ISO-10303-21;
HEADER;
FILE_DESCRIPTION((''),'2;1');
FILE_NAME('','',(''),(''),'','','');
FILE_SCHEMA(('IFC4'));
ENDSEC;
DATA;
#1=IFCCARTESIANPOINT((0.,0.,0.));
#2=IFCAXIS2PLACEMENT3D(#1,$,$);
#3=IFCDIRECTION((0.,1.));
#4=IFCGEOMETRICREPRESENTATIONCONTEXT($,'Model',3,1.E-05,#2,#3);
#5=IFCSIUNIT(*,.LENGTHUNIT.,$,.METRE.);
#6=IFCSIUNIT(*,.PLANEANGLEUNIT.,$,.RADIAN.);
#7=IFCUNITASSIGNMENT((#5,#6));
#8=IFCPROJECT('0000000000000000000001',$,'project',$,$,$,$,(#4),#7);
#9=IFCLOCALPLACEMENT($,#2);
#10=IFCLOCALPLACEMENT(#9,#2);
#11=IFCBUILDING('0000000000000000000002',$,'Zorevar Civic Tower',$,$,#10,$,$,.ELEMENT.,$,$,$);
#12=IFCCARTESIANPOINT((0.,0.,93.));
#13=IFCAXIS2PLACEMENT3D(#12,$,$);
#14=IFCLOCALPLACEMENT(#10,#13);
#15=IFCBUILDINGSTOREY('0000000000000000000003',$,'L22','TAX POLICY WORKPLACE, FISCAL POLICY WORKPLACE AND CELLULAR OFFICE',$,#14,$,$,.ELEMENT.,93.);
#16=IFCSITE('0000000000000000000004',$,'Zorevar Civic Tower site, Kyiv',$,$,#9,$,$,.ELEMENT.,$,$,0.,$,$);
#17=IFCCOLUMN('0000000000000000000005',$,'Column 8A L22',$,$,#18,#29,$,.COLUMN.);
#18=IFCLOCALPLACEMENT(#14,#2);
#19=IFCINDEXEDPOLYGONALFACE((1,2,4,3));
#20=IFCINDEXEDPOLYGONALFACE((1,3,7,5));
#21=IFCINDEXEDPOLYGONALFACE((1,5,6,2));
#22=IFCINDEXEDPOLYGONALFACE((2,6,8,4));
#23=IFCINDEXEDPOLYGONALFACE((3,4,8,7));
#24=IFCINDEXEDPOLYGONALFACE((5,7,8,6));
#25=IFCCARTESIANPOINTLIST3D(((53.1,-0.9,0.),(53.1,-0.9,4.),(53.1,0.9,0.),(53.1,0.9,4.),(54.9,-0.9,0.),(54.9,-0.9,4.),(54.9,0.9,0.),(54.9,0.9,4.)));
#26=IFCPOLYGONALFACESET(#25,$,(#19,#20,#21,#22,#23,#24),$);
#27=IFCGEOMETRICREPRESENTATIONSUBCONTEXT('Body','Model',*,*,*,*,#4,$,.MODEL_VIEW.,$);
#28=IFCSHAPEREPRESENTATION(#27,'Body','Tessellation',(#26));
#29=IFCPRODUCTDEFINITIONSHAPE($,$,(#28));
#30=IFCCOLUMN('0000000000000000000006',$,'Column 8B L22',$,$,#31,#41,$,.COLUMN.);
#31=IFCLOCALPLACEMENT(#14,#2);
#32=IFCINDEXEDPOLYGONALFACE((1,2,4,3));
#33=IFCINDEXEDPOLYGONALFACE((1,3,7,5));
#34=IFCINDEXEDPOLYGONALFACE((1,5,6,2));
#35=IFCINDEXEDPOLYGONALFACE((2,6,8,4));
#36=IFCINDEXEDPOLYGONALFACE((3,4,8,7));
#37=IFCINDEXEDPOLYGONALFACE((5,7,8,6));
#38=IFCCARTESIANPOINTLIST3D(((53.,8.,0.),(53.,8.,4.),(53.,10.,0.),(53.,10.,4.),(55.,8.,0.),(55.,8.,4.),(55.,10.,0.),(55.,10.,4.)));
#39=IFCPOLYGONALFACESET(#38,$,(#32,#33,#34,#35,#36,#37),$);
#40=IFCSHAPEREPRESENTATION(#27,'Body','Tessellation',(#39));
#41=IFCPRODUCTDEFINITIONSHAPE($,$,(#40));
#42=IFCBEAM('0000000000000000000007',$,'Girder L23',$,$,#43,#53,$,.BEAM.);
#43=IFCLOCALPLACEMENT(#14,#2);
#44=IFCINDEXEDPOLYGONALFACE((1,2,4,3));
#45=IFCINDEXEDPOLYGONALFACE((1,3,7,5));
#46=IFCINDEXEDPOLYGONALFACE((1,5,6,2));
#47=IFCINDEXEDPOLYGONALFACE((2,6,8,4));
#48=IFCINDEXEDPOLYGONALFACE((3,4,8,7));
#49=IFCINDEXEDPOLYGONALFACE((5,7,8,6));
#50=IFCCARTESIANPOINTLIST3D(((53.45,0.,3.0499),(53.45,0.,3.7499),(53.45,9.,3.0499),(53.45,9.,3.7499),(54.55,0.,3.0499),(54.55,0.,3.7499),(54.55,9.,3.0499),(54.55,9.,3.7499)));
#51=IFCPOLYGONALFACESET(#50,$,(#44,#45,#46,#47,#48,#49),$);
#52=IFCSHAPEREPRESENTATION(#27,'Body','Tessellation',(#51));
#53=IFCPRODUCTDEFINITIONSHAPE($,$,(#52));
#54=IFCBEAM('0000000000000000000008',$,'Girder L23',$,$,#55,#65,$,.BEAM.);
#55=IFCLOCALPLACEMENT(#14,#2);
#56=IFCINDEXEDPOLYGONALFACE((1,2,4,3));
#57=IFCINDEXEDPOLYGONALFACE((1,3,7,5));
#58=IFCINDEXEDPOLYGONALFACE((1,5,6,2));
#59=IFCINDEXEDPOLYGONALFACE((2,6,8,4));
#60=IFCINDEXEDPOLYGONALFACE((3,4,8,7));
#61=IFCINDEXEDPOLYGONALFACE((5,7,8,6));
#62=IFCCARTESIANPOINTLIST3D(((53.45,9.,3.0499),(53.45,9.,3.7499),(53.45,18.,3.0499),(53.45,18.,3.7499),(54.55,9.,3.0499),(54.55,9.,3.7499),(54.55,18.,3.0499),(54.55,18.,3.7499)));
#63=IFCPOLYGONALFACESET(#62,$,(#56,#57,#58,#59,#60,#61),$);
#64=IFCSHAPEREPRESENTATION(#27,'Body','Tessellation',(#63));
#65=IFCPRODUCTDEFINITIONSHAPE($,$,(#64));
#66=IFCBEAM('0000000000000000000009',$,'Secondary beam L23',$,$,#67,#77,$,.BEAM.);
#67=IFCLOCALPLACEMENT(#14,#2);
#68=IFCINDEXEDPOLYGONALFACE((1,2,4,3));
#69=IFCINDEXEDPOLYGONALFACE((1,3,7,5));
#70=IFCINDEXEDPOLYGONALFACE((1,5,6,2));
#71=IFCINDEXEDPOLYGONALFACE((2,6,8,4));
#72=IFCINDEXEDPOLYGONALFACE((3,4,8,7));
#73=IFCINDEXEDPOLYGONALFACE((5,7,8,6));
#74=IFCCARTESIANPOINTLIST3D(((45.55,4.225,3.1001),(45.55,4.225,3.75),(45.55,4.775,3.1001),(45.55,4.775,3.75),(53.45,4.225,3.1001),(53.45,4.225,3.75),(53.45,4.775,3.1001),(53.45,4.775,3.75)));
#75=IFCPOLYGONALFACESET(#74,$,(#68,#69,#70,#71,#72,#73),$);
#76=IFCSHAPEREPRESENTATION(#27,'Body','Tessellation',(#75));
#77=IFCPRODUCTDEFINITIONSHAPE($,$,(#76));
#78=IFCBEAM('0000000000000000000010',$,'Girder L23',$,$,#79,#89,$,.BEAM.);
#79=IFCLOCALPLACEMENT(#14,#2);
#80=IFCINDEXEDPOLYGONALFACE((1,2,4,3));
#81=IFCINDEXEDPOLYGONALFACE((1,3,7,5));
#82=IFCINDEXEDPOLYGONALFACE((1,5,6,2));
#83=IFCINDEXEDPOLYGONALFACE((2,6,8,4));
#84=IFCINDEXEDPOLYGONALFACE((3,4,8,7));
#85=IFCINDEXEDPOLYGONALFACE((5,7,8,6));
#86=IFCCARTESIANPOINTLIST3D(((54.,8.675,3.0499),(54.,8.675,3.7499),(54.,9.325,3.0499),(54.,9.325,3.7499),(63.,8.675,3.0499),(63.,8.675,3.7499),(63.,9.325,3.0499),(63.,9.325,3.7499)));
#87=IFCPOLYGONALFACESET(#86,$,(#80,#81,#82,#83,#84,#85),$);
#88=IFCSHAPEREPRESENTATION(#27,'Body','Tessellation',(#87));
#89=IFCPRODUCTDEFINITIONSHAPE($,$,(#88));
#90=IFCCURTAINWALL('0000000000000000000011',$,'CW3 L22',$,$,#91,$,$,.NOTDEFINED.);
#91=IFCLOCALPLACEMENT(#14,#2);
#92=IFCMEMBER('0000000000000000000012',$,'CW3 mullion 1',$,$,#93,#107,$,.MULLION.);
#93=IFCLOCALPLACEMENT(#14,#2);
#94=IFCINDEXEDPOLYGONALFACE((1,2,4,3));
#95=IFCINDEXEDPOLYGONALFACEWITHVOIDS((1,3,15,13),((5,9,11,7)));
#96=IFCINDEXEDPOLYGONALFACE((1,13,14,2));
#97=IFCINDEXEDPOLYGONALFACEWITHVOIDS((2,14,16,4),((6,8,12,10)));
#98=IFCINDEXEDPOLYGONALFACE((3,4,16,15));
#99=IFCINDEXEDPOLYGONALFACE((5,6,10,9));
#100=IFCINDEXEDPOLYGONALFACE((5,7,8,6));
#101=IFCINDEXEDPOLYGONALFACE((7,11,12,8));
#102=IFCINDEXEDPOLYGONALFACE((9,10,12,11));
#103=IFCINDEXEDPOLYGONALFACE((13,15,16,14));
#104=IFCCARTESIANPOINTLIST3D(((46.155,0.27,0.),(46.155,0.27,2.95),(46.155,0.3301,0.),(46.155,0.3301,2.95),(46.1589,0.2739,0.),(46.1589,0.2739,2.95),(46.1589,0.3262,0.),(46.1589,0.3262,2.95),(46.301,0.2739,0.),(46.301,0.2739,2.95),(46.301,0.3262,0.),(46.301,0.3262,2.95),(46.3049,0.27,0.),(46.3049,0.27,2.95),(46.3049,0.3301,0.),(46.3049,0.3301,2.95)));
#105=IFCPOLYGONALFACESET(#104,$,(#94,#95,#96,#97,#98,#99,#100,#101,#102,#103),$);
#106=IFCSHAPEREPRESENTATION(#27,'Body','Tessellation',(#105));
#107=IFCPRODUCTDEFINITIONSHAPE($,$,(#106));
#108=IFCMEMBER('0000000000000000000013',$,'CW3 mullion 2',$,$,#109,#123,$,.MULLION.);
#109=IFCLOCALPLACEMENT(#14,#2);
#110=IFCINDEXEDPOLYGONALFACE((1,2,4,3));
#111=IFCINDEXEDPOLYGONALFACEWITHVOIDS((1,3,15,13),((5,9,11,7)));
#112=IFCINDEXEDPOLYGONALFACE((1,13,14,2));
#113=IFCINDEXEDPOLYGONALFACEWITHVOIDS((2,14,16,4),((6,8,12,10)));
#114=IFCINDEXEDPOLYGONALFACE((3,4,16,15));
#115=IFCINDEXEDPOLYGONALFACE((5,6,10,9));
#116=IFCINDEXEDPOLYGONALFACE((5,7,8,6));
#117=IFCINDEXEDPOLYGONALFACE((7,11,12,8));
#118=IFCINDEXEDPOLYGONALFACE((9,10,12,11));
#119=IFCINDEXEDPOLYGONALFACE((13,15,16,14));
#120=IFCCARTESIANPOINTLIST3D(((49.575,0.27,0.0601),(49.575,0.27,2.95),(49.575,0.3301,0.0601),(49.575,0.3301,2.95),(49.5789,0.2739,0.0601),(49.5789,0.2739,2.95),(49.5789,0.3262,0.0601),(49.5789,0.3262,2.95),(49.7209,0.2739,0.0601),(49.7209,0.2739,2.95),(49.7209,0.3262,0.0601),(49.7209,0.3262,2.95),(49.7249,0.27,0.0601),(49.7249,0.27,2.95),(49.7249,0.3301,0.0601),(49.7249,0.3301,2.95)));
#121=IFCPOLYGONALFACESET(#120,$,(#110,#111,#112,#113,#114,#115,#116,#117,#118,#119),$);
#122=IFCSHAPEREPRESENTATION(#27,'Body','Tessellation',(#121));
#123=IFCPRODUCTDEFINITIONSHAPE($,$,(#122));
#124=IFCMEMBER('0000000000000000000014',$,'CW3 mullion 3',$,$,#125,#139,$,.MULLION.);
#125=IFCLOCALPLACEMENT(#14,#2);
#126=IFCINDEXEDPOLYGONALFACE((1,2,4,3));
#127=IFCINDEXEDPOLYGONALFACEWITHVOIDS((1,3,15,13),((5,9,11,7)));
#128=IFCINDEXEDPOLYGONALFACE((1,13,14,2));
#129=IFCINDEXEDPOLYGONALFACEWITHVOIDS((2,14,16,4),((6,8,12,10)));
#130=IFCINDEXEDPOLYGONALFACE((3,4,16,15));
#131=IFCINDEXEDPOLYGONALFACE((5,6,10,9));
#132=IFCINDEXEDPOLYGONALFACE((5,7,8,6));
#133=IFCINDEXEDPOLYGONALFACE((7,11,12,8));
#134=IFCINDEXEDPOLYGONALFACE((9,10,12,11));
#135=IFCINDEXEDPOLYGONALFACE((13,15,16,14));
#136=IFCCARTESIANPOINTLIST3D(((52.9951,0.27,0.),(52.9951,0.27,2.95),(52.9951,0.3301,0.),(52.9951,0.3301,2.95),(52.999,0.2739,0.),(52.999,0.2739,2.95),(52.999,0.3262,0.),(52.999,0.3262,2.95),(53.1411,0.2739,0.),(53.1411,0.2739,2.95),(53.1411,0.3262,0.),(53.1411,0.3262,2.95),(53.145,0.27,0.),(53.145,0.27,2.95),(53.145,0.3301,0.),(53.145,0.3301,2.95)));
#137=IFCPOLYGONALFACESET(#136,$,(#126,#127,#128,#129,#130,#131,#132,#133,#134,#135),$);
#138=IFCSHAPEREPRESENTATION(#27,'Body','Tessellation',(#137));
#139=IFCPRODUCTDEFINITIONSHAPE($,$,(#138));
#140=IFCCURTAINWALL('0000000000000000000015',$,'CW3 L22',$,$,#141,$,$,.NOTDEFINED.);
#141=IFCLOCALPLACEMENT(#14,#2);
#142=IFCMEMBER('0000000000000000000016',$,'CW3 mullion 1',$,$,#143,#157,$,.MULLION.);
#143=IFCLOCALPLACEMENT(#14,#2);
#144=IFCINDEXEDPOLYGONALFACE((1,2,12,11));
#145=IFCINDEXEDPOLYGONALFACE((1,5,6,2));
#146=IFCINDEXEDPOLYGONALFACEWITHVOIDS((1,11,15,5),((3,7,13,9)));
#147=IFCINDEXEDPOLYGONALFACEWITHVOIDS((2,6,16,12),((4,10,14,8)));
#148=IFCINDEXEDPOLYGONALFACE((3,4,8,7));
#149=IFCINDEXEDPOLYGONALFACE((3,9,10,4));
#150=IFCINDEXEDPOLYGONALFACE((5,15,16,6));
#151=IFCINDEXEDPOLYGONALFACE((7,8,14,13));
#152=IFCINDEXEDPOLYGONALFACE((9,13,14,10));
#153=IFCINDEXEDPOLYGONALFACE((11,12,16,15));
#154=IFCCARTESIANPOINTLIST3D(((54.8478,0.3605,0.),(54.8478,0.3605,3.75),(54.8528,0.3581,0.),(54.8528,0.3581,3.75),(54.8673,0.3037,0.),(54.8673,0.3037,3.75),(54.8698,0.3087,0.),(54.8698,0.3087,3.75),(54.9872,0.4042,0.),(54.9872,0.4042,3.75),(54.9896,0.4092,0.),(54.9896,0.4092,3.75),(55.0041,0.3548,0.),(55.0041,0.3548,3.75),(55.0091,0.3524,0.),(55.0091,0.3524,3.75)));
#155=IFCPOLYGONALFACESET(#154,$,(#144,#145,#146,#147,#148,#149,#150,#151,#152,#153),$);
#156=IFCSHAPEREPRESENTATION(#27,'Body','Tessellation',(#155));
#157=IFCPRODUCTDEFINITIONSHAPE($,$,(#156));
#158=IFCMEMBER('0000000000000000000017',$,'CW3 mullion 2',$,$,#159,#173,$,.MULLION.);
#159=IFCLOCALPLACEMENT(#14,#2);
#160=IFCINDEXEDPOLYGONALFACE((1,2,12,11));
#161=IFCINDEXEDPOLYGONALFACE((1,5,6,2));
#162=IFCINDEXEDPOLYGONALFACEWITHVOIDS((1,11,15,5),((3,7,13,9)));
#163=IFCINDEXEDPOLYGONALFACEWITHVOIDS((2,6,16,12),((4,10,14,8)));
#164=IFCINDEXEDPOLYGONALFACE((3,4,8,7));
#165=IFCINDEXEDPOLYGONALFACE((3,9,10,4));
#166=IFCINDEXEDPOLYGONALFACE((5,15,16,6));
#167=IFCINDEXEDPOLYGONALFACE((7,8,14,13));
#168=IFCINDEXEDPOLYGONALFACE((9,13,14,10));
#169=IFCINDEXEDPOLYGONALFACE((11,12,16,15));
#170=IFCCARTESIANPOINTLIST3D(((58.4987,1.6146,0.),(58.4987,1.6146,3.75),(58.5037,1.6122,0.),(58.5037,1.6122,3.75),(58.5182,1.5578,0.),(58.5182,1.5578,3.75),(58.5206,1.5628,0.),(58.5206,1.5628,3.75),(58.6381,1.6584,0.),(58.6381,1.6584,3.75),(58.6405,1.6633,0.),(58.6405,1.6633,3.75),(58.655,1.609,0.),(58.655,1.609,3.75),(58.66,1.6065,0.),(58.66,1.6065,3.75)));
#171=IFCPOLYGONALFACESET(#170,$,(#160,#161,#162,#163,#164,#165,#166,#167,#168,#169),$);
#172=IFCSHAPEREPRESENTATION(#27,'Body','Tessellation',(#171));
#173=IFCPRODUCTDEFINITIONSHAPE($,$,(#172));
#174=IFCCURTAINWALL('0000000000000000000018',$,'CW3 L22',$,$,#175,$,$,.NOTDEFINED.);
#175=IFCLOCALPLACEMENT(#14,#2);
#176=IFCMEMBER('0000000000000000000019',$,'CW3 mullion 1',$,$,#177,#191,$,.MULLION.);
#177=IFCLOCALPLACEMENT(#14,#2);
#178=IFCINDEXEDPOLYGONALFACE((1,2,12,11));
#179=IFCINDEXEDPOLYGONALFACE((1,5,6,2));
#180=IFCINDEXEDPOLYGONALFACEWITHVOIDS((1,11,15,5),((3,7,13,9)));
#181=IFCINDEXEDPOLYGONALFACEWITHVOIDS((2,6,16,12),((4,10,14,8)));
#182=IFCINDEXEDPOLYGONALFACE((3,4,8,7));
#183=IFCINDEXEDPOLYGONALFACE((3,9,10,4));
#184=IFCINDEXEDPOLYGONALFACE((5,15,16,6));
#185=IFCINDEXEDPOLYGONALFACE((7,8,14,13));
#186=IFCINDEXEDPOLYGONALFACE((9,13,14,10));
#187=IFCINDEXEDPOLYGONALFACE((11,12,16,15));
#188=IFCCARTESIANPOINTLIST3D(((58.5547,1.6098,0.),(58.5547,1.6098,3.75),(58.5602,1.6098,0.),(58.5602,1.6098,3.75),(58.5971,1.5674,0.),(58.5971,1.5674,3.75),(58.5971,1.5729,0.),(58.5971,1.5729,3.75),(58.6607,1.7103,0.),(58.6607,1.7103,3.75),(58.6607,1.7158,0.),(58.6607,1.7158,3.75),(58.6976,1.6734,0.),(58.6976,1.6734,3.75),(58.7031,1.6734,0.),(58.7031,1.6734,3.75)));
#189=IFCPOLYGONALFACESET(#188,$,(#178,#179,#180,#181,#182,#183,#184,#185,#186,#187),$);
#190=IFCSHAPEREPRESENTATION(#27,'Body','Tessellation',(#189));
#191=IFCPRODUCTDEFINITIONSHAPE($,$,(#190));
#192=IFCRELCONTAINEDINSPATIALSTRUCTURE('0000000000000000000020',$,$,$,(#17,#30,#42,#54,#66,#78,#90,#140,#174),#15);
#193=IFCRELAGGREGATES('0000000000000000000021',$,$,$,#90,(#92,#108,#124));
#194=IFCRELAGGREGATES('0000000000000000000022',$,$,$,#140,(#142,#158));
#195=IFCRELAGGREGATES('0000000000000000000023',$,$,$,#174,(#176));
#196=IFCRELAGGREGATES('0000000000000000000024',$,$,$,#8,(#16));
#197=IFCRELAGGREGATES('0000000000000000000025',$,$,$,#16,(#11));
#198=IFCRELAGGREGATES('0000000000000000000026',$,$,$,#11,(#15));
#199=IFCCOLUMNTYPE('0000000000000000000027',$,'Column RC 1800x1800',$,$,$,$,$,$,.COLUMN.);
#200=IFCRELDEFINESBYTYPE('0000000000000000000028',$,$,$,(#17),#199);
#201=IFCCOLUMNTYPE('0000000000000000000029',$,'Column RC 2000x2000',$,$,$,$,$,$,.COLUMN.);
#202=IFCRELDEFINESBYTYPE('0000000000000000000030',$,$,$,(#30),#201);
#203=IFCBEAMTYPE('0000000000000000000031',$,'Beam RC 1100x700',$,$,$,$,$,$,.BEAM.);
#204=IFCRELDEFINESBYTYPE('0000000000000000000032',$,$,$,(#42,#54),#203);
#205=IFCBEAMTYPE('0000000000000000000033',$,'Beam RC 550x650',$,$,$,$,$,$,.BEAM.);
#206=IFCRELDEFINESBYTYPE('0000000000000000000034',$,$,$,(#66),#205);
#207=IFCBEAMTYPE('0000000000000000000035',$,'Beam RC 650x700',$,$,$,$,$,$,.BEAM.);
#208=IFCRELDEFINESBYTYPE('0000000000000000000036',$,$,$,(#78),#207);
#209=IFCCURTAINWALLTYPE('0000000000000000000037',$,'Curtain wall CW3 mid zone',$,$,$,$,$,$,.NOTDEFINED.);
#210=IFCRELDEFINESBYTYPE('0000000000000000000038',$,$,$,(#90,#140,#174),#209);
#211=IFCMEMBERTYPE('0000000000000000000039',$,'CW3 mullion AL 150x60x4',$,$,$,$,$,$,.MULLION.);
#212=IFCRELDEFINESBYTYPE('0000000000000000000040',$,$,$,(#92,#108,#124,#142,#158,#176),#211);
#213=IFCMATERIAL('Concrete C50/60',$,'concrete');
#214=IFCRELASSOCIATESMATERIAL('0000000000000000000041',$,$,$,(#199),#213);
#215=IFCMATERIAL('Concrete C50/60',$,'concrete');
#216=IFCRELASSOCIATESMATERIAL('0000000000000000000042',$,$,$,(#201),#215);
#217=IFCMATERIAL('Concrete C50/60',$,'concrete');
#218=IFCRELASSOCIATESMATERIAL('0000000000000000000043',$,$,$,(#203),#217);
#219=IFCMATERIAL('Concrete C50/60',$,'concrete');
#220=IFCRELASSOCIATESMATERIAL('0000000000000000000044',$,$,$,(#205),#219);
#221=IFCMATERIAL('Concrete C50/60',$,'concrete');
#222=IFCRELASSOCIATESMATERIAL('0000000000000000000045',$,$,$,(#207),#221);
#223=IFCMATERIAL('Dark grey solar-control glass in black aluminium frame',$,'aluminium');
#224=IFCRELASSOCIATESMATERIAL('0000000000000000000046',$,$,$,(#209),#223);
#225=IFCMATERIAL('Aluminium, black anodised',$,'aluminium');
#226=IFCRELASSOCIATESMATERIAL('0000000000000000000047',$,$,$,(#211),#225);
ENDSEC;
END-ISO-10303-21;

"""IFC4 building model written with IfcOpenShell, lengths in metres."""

from ifc_helpers import new_model, si_unit, direction, frame, origin, origin_2d, place, context, subcontext, project, spatial, rectangle, hollow_rectangle, extrude, material, material_profile, profile_set, type_object, element, aggregate, save


model = new_model("IFC4")

# Units and contexts
model_context = context("Model", 3, precision=1e-05, world=origin(), true_north=direction((0.0, 1.0)))
body_context = subcontext(model_context, "Body", "Model", "MODEL_VIEW")
ifc_project = project(units=[si_unit("LENGTHUNIT", "METRE"), si_unit("PLANEANGLEUNIT", "RADIAN")], contexts=[model_context])

# Site, building, storey
site_placement = place(None, origin())
site = spatial("IfcSite", under=ifc_project, at=site_placement, Name="Zorevar Civic Tower site, Kyiv", CompositionType="ELEMENT", RefElevation=0.0)
building_placement = place(site_placement, origin())
building = spatial("IfcBuilding", under=site, at=building_placement, Name="Zorevar Civic Tower", CompositionType="ELEMENT")
storey_placement = place(building_placement, frame((0.0, 0.0, 93.0)))
storey = spatial("IfcBuildingStorey", under=building, at=storey_placement, Name="L22", Description="TAX POLICY WORKPLACE, FISCAL POLICY WORKPLACE AND CELLULAR OFFICE", CompositionType="ELEMENT", Elevation=93.0)

# Columns
ifc_material_1 = material(Name="Concrete C50/60", Category="concrete")
ifc_material_profile_1 = material_profile(ifc_material_1, rectangle(XDim=1.8, YDim=1.8, at=origin_2d()), Name="RC 1800x1800")
ifc_profile_set_1 = profile_set([ifc_material_profile_1], Name="Concrete C50/60")
column_type_1 = type_object("IfcColumnType", Name="Column RC 1800x1800", PredefinedType="COLUMN", material=ifc_profile_set_1)
column_1_placement = place(storey_placement, frame((54.0, 0.0, 0.0), z_axis=(0.0, 0.0, 1.0), x_axis=(1.0, 0.0, 0.0)))
element("IfcColumn", 1, at=column_1_placement, inside=storey, type_object=column_type_1, Name="Column 8A L22", PredefinedType="COLUMN", context=body_context, shape_type="SweptSolid", body=[
    extrude(rectangle(XDim=1.8, YDim=1.8, at=origin_2d()), origin(), (0.0, 0.0, 1.0), 4.0),
])
ifc_material_2 = material(Name="Concrete C50/60", Category="concrete")
ifc_material_profile_2 = material_profile(ifc_material_2, rectangle(XDim=2.0, YDim=2.0, at=origin_2d()), Name="RC 2000x2000")
ifc_profile_set_2 = profile_set([ifc_material_profile_2], Name="Concrete C50/60")
column_type_2 = type_object("IfcColumnType", Name="Column RC 2000x2000", PredefinedType="COLUMN", material=ifc_profile_set_2)
column_2_placement = place(storey_placement, frame((54.0, 9.0, 0.0), z_axis=(0.0, 0.0, 1.0), x_axis=(1.0, 0.0, 0.0)))
element("IfcColumn", 2, at=column_2_placement, inside=storey, type_object=column_type_2, Name="Column 8B L22", PredefinedType="COLUMN", context=body_context, shape_type="SweptSolid", body=[
    extrude(rectangle(XDim=2.0, YDim=2.0, at=origin_2d()), origin(), (0.0, 0.0, 1.0), 4.0),
])

# Beams
ifc_material_3 = material(Name="Concrete C50/60", Category="concrete")
ifc_material_profile_3 = material_profile(ifc_material_3, rectangle(XDim=1.1001, YDim=0.7, at=origin_2d()), Name="RC 1100x700")
ifc_profile_set_3 = profile_set([ifc_material_profile_3], Name="Concrete C50/60")
beam_type_1 = type_object("IfcBeamType", Name="Beam RC 1100x700", PredefinedType="BEAM", material=ifc_profile_set_3)
for number, where, z_axis, x_axis, name in (
    (3, (54.0, 0.0, 3.3999), (0.0, 1.0, 0.0), (-1.0, 0.0, 0.0), "Girder L23"),
    (4, (54.0, 9.0, 3.3999), (0.0, 1.0, 0.0), (-1.0, 0.0, 0.0), "Girder L23"),
):
    element("IfcBeam", number, at=place(storey_placement, frame(where, z_axis=z_axis, x_axis=x_axis)), inside=storey, type_object=beam_type_1, Name=name, PredefinedType="BEAM", context=body_context, shape_type="SweptSolid", body=[
        extrude(rectangle(XDim=1.1001, YDim=0.7, at=origin_2d()), origin(), (0.0, 0.0, 1.0), 9.0),
    ])
ifc_material_4 = material(Name="Concrete C50/60", Category="concrete")
ifc_material_profile_4 = material_profile(ifc_material_4, rectangle(XDim=0.55, YDim=0.6499, at=origin_2d()), Name="RC 550x650")
ifc_profile_set_4 = profile_set([ifc_material_profile_4], Name="Concrete C50/60")
beam_type_2 = type_object("IfcBeamType", Name="Beam RC 550x650", PredefinedType="BEAM", material=ifc_profile_set_4)
beam_1_placement = place(storey_placement, frame((45.55, 4.5, 3.425), z_axis=(1.0, 0.0, 0.0), x_axis=(0.0, 1.0, 0.0)))
element("IfcBeam", 5, at=beam_1_placement, inside=storey, type_object=beam_type_2, Name="Secondary beam L23", PredefinedType="BEAM", context=body_context, shape_type="SweptSolid", body=[
    extrude(rectangle(XDim=0.55, YDim=0.6499, at=origin_2d()), origin(), (0.0, 0.0, 1.0), 7.8999),
])
ifc_material_5 = material(Name="Concrete C50/60", Category="concrete")
ifc_material_profile_5 = material_profile(ifc_material_5, rectangle(XDim=0.6499, YDim=0.7, at=origin_2d()), Name="RC 650x700")
ifc_profile_set_5 = profile_set([ifc_material_profile_5], Name="Concrete C50/60")
beam_type_3 = type_object("IfcBeamType", Name="Beam RC 650x700", PredefinedType="BEAM", material=ifc_profile_set_5)
beam_2_placement = place(storey_placement, frame((54.0, 9.0, 3.3999), z_axis=(1.0, 0.0, 0.0), x_axis=(0.0, 1.0, 0.0)))
element("IfcBeam", 6, at=beam_2_placement, inside=storey, type_object=beam_type_3, Name="Girder L23", PredefinedType="BEAM", context=body_context, shape_type="SweptSolid", body=[
    extrude(rectangle(XDim=0.6499, YDim=0.7, at=origin_2d()), origin(), (0.0, 0.0, 1.0), 9.0),
])

# Curtain walls, members
ifc_material_6 = material(Name="Dark grey solar-control glass in black aluminium frame", Category="aluminium")
curtain_wall_type = type_object("IfcCurtainWallType", Name="Curtain wall CW3 mid zone", PredefinedType="NOTDEFINED", material=ifc_material_6)
curtain_wall_1_placement = place(storey_placement, origin())
curtain_wall_1 = element("IfcCurtainWall", 7, at=curtain_wall_1_placement, inside=storey, type_object=curtain_wall_type, Name="CW3 L22", PredefinedType="NOTDEFINED")
ifc_material_7 = material(Name="Aluminium, black anodised", Category="aluminium")
ifc_material_profile_6 = material_profile(ifc_material_7, hollow_rectangle(XDim=0.0601, YDim=0.1499, WallThickness=0.0039, at=origin_2d()), Name="AL 150x60x4")
ifc_profile_set_6 = profile_set([ifc_material_profile_6], Name="Aluminium, black anodised")
member_type_1 = type_object("IfcMemberType", Name="CW3 mullion AL 150x60x4", PredefinedType="MULLION", material=ifc_profile_set_6)
member_1_placement = place(storey_placement, frame((46.23, 0.3, 0.0), z_axis=(0.0, 0.0, 1.0), x_axis=(0.0, 1.0, 0.0)))
member_1 = element("IfcMember", 8, at=member_1_placement, type_object=member_type_1, Name="CW3 mullion 1", PredefinedType="MULLION", context=body_context, shape_type="SweptSolid", body=[
    extrude(hollow_rectangle(XDim=0.0601, YDim=0.1499, WallThickness=0.0039, at=origin_2d()), origin(), (0.0, 0.0, 1.0), 2.95),
])
member_2_placement = place(storey_placement, frame((49.6499, 0.3, 0.0601), z_axis=(0.0, 0.0, 1.0), x_axis=(0.0, 1.0, 0.0)))
member_2 = element("IfcMember", 9, at=member_2_placement, type_object=member_type_1, Name="CW3 mullion 2", PredefinedType="MULLION", context=body_context, shape_type="SweptSolid", body=[
    extrude(hollow_rectangle(XDim=0.0601, YDim=0.1499, WallThickness=0.0039, at=origin_2d()), origin(), (0.0, 0.0, 1.0), 2.8899),
])
member_3_placement = place(storey_placement, frame((53.0701, 0.3, 0.0), z_axis=(0.0, 0.0, 1.0), x_axis=(0.0, 1.0, 0.0)))
member_3 = element("IfcMember", 10, at=member_3_placement, type_object=member_type_1, Name="CW3 mullion 3", PredefinedType="MULLION", context=body_context, shape_type="SweptSolid", body=[
    extrude(hollow_rectangle(XDim=0.0601, YDim=0.1499, WallThickness=0.0039, at=origin_2d()), origin(), (0.0, 0.0, 1.0), 2.95),
])
curtain_wall_2_placement = place(storey_placement, origin())
curtain_wall_2 = element("IfcCurtainWall", 11, at=curtain_wall_2_placement, inside=storey, type_object=curtain_wall_type, Name="CW3 L22", PredefinedType="NOTDEFINED")
member_4_placement = place(storey_placement, frame((54.9285, 0.3564, 0.0), z_axis=(0.0, 0.0, 1.0), x_axis=(-0.324878, 0.945756, 0.0)))
member_4 = element("IfcMember", 12, at=member_4_placement, type_object=member_type_1, Name="CW3 mullion 1", PredefinedType="MULLION", context=body_context, shape_type="SweptSolid", body=[
    extrude(hollow_rectangle(XDim=0.0601, YDim=0.1499, WallThickness=0.0039, at=origin_2d()), origin(), (0.0, 0.0, 1.0), 3.75),
])
member_5_placement = place(storey_placement, frame((58.5793, 1.6106, 0.0), z_axis=(0.0, 0.0, 1.0), x_axis=(-0.324878, 0.945756, 0.0)))
member_5 = element("IfcMember", 13, at=member_5_placement, type_object=member_type_1, Name="CW3 mullion 2", PredefinedType="MULLION", context=body_context, shape_type="SweptSolid", body=[
    extrude(hollow_rectangle(XDim=0.0601, YDim=0.1499, WallThickness=0.0039, at=origin_2d()), origin(), (0.0, 0.0, 1.0), 3.75),
])
curtain_wall_3_placement = place(storey_placement, origin())
curtain_wall_3 = element("IfcCurtainWall", 14, at=curtain_wall_3_placement, inside=storey, type_object=curtain_wall_type, Name="CW3 L22", PredefinedType="NOTDEFINED")
member_6_placement = place(storey_placement, frame((58.6289, 1.6416, 0.0), z_axis=(0.0, 0.0, 1.0), x_axis=(-0.707107, 0.707107, 0.0)))
member_6 = element("IfcMember", 15, at=member_6_placement, type_object=member_type_1, Name="CW3 mullion 1", PredefinedType="MULLION", context=body_context, shape_type="SweptSolid", body=[
    extrude(hollow_rectangle(XDim=0.0601, YDim=0.1499, WallThickness=0.0039, at=origin_2d()), origin(), (0.0, 0.0, 1.0), 3.75),
])

aggregate(curtain_wall_1, [member_1, member_2, member_3])
aggregate(curtain_wall_2, [member_4, member_5])
aggregate(curtain_wall_3, [member_6])

save(model, "model.ifc")
